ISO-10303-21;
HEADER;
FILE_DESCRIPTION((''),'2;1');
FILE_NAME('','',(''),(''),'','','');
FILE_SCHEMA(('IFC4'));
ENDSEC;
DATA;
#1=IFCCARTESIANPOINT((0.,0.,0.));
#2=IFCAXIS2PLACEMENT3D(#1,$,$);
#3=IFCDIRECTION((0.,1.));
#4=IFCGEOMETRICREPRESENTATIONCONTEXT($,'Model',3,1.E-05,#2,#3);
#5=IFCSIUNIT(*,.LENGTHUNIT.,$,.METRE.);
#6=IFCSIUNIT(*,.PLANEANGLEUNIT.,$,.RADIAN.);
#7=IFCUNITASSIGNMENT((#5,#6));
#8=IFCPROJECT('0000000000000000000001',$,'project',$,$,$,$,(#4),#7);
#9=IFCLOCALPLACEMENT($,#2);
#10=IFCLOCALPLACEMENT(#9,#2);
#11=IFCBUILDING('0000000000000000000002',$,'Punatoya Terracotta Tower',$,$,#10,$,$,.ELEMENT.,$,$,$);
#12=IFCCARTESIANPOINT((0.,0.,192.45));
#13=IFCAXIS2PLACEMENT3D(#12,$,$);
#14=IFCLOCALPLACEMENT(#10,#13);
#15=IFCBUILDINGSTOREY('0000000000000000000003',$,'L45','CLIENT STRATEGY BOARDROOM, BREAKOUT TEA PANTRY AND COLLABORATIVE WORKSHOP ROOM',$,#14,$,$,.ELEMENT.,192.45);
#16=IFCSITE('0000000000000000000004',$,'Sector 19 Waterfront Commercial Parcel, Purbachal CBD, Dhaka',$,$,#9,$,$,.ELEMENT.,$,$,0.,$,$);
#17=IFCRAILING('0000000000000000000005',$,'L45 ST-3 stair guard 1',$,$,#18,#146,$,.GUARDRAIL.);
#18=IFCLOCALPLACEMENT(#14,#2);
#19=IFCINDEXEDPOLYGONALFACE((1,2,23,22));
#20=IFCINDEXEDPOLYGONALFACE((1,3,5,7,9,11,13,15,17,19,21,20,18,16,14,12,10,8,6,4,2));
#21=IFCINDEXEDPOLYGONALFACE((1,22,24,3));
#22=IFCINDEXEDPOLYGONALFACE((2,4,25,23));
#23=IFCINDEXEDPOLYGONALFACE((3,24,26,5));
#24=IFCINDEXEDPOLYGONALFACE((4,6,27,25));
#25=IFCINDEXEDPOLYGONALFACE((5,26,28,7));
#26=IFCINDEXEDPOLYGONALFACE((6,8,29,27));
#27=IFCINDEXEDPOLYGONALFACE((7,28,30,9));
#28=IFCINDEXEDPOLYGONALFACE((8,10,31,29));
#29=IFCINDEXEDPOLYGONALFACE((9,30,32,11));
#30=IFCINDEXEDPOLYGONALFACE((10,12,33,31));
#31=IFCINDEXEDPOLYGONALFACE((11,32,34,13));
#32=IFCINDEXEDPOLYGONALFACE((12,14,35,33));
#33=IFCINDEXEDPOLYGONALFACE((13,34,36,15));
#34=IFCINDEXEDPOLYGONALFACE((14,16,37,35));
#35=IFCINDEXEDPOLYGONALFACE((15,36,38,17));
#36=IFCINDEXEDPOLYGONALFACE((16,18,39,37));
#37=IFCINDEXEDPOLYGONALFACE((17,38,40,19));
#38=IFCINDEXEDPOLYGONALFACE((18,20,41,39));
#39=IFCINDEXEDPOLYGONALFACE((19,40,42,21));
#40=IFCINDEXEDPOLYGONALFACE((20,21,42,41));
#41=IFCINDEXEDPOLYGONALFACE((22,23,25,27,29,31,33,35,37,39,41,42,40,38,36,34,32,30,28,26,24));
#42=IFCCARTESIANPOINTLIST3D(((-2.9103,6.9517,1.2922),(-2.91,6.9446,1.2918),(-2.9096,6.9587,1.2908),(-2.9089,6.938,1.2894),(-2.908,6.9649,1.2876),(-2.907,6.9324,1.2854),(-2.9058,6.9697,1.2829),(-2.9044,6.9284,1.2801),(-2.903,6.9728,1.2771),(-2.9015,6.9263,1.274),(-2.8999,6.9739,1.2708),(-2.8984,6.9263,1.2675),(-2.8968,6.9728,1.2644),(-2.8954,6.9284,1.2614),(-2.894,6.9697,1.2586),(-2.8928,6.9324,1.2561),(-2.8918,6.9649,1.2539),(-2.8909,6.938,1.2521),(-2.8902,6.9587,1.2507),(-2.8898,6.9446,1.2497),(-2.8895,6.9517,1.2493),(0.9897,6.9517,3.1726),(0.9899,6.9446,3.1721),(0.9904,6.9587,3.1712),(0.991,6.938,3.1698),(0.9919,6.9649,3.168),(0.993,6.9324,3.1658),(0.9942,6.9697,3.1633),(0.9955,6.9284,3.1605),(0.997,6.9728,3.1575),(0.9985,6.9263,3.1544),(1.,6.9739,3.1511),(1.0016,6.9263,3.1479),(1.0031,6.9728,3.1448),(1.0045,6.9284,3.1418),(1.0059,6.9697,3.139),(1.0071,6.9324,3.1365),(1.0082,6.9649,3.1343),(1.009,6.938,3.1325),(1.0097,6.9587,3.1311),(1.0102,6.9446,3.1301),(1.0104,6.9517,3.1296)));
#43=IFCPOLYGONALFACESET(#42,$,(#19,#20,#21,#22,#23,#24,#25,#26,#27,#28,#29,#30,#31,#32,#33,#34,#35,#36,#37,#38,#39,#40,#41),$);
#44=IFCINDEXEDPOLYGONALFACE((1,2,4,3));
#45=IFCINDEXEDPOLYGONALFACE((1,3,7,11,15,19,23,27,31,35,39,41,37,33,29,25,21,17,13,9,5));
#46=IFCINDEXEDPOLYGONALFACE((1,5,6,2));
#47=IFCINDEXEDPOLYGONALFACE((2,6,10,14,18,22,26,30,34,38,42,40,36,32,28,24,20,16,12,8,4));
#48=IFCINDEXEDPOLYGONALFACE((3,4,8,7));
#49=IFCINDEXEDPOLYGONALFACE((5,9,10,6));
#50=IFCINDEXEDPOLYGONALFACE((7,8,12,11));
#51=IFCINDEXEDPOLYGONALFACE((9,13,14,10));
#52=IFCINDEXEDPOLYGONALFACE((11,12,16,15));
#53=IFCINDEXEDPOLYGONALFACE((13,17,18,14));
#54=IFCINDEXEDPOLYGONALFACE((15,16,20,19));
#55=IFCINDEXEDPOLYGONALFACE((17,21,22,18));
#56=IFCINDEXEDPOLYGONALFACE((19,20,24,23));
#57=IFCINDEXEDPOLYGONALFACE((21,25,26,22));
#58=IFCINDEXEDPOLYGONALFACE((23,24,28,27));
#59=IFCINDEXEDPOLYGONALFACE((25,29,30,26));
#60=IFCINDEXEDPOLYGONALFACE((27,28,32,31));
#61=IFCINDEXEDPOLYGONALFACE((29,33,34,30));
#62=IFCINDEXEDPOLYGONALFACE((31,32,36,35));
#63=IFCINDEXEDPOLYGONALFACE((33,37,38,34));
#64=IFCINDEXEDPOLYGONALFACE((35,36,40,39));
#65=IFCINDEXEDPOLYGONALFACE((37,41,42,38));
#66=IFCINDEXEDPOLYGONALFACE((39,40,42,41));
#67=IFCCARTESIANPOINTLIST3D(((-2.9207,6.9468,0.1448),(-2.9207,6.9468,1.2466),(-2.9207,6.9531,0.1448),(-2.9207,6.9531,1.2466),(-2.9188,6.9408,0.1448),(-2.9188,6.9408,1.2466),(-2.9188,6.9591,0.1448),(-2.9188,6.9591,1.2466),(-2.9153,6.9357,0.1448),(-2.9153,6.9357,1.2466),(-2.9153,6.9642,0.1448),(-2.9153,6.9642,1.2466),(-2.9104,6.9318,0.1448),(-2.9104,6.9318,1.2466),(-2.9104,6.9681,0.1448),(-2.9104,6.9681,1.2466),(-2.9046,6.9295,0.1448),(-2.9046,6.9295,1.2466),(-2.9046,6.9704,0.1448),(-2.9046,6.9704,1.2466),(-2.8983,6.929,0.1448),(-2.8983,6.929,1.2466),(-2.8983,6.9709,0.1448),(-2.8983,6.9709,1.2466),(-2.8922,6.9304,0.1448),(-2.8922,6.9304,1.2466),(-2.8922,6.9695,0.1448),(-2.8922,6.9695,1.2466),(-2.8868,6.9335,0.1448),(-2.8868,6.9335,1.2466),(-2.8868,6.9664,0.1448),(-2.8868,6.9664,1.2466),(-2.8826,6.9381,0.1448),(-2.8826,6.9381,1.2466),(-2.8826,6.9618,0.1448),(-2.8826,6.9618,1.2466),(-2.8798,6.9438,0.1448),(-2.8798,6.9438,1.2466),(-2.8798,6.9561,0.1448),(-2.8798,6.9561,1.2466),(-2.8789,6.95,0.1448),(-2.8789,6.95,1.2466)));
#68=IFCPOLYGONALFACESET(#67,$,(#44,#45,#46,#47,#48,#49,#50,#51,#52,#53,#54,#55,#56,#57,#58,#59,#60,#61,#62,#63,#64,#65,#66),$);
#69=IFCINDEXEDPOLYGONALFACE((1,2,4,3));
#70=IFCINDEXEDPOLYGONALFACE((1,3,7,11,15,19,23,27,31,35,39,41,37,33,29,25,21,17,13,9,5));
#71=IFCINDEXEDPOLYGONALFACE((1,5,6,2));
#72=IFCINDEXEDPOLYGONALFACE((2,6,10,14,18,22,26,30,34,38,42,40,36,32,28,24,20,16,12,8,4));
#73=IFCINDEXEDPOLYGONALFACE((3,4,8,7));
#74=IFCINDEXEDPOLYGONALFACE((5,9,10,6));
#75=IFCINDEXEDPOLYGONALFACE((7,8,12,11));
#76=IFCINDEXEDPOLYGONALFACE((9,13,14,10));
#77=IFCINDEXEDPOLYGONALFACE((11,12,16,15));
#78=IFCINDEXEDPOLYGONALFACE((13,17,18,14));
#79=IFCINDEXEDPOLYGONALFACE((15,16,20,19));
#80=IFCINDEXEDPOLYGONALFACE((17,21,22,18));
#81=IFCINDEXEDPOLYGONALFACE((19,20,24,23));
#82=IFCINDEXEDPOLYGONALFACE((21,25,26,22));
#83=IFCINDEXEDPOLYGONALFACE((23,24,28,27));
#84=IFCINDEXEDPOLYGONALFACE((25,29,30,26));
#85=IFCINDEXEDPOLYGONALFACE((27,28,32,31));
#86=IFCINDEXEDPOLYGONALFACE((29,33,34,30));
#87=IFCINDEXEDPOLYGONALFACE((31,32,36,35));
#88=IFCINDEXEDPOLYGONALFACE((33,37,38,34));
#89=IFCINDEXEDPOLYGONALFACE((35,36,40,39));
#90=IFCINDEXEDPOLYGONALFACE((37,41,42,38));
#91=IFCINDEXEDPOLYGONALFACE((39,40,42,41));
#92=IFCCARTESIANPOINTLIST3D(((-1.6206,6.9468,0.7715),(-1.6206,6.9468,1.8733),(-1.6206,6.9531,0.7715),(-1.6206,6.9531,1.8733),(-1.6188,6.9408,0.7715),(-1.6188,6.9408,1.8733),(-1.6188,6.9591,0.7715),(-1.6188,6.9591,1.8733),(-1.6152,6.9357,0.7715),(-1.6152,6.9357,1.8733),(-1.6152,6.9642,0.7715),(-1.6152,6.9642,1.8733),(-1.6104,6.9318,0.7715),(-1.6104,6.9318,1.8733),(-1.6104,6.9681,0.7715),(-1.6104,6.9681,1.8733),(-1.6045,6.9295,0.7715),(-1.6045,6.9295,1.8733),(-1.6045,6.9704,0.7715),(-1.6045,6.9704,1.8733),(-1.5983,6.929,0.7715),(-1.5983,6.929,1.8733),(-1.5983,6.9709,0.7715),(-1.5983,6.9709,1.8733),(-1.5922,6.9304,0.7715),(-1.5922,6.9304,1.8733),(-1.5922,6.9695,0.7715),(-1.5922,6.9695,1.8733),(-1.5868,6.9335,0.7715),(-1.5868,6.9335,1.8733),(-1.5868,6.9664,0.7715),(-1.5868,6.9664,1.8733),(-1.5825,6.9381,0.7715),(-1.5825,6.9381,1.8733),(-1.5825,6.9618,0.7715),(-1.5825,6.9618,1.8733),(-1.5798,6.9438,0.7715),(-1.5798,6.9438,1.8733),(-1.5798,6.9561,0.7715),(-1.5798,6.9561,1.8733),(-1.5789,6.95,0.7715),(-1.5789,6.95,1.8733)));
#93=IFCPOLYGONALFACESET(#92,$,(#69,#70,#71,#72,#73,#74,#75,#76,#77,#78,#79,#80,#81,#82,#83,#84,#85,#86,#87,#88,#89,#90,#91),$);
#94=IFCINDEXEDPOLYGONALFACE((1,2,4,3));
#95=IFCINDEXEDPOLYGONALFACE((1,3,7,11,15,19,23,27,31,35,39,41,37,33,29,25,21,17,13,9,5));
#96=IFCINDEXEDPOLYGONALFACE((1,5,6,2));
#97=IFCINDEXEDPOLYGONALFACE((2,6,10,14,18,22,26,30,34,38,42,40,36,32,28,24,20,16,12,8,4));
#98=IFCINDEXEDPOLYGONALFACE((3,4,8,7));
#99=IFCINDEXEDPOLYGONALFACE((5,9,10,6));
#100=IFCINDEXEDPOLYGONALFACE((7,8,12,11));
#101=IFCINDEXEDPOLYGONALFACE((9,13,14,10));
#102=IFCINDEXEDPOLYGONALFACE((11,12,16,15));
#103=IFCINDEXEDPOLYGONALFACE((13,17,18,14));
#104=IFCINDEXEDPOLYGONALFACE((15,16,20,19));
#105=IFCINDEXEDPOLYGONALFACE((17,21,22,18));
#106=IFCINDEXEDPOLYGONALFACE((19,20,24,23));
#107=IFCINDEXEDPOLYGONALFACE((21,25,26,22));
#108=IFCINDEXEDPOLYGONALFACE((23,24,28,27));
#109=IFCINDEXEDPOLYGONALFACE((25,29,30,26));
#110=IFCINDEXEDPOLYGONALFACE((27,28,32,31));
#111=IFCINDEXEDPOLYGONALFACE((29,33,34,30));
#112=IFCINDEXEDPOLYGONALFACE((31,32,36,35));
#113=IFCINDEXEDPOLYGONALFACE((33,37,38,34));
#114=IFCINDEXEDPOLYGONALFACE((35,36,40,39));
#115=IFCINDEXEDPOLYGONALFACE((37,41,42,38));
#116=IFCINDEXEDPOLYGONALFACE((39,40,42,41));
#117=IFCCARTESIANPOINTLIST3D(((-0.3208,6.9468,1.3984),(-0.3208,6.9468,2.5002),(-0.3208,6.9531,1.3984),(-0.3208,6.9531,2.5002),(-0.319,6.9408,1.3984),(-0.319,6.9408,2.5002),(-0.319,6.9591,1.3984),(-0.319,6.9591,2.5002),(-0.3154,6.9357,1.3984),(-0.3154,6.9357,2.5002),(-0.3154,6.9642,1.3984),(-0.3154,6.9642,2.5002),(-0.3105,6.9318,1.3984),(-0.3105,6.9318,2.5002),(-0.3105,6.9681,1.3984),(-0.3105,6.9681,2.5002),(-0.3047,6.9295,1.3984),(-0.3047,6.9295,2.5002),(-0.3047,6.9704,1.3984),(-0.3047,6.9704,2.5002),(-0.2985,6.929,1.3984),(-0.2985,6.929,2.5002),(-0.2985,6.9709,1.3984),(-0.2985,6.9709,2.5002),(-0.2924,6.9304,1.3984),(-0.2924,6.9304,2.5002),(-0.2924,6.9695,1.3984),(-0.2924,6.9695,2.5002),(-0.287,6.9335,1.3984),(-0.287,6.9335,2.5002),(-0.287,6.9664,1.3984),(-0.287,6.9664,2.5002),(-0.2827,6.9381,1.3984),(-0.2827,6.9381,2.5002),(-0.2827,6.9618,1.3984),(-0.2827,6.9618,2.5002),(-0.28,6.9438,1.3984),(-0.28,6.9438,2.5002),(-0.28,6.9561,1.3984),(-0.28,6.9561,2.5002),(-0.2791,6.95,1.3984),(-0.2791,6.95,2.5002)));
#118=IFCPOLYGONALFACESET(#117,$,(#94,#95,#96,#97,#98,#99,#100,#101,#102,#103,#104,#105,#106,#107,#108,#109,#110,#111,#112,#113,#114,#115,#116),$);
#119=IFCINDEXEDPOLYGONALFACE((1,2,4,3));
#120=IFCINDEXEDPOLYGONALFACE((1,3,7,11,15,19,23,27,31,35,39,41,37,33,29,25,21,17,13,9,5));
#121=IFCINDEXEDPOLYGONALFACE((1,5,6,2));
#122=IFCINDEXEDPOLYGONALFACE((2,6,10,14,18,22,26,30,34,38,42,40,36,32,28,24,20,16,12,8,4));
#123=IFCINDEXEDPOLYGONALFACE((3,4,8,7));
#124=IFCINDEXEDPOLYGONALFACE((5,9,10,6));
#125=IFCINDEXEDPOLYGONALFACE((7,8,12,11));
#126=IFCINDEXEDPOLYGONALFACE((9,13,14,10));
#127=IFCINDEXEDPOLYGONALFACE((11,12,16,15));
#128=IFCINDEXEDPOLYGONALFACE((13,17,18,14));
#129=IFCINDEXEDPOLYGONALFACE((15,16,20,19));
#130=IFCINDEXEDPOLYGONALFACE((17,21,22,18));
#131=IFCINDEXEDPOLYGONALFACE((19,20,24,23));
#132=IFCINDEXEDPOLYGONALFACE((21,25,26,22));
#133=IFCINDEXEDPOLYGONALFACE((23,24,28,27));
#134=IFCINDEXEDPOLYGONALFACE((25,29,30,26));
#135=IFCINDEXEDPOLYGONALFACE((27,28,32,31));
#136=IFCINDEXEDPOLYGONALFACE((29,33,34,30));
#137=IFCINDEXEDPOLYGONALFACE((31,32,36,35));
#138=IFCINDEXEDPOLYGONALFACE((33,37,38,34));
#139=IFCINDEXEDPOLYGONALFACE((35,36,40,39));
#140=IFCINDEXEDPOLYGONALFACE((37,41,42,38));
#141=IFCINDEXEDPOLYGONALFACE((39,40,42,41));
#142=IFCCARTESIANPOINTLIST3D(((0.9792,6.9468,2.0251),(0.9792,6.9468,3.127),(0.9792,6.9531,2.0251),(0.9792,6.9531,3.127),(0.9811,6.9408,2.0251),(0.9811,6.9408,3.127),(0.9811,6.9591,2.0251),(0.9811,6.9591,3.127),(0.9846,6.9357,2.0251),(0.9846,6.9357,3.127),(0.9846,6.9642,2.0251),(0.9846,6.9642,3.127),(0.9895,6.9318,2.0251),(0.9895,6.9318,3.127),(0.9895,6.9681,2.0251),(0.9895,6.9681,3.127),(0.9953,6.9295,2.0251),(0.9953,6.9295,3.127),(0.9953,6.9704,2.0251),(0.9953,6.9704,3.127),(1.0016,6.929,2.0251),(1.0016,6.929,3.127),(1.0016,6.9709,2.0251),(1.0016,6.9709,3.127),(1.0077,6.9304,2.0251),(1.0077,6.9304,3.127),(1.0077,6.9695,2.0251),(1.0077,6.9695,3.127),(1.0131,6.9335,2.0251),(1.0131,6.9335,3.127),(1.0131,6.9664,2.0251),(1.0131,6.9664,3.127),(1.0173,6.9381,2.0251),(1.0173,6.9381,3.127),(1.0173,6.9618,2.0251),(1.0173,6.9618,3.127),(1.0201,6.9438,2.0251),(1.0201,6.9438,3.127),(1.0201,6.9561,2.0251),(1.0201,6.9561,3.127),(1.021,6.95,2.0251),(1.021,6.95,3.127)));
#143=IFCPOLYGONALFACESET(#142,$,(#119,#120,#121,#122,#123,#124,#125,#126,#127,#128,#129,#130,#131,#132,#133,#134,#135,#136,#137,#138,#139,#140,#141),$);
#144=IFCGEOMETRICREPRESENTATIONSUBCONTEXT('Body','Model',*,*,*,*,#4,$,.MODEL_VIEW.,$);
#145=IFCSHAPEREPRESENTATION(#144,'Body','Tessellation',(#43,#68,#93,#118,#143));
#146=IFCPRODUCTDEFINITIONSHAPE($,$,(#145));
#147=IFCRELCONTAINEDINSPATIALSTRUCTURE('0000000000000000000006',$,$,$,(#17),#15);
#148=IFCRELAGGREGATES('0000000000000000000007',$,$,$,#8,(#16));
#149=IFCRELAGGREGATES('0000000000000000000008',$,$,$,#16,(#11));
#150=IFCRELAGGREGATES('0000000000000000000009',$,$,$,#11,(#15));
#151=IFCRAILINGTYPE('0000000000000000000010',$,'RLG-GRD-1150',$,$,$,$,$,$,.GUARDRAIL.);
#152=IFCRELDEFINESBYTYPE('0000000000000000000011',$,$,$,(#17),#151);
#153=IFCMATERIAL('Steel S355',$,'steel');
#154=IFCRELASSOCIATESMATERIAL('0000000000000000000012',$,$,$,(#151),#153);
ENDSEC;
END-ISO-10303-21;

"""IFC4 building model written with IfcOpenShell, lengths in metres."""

from ifc_helpers import new_model, si_unit, direction, frame, origin, origin_2d, place, context, subcontext, project, spatial, circle, extrude, material, type_object, element, save


model = new_model("IFC4")

# Units and contexts
model_context = context("Model", 3, precision=1e-05, world=origin(), true_north=direction((0.0, 1.0)))
body_context = subcontext(model_context, "Body", "Model", "MODEL_VIEW")
ifc_project = project(units=[si_unit("LENGTHUNIT", "METRE"), si_unit("PLANEANGLEUNIT", "RADIAN")], contexts=[model_context])

# Site, building, storey
site_placement = place(None, origin())
site = spatial("IfcSite", under=ifc_project, at=site_placement, Name="Sector 19 Waterfront Commercial Parcel, Purbachal CBD, Dhaka", CompositionType="ELEMENT", RefElevation=0.0)
building_placement = place(site_placement, origin())
building = spatial("IfcBuilding", under=site, at=building_placement, Name="Punatoya Terracotta Tower", CompositionType="ELEMENT")
storey_placement = place(building_placement, frame((0.0, 0.0, 192.45)))
storey = spatial("IfcBuildingStorey", under=building, at=storey_placement, Name="L45", Description="CLIENT STRATEGY BOARDROOM, BREAKOUT TEA PANTRY AND COLLABORATIVE WORKSHOP ROOM", CompositionType="ELEMENT", Elevation=192.45)

# Railing
ifc_material_1 = material(Name="Steel S355", Category="steel")
railing_type_1 = type_object("IfcRailingType", Name="RLG-GRD-1150", PredefinedType="GUARDRAIL", material=ifc_material_1)
railing_1_placement = place(storey_placement, frame((-2.8999, 6.95, 0.1448)))
element("IfcRailing", 1, at=railing_1_placement, inside=storey, type_object=railing_type_1, Name="L45 ST-3 stair guard 1", PredefinedType="GUARDRAIL", context=body_context, shape_type="SweptSolid", body=[
    extrude(circle(Radius=0.0239, at=origin_2d()), frame((0.0, 0.0, 1.126), z_axis=(0.900763, 0.0, 0.434311), x_axis=(0.0, 1.0, 0.0)), (0.0, 0.0, 1.0), 4.3296),
    extrude(circle(Radius=0.021, at=origin_2d()), origin(), (0.0, 0.0, 1.0), 1.1018),
    extrude(circle(Radius=0.021, at=origin_2d()), frame((1.3, 0.0, 0.6267)), (0.0, 0.0, 1.0), 1.1018),
    extrude(circle(Radius=0.021, at=origin_2d()), frame((2.5999, 0.0, 1.2537)), (0.0, 0.0, 1.0), 1.1018),
    extrude(circle(Radius=0.021, at=origin_2d()), frame((3.8999, 0.0, 1.8804)), (0.0, 0.0, 1.0), 1.1018),
])

save(model, "model.ifc")
